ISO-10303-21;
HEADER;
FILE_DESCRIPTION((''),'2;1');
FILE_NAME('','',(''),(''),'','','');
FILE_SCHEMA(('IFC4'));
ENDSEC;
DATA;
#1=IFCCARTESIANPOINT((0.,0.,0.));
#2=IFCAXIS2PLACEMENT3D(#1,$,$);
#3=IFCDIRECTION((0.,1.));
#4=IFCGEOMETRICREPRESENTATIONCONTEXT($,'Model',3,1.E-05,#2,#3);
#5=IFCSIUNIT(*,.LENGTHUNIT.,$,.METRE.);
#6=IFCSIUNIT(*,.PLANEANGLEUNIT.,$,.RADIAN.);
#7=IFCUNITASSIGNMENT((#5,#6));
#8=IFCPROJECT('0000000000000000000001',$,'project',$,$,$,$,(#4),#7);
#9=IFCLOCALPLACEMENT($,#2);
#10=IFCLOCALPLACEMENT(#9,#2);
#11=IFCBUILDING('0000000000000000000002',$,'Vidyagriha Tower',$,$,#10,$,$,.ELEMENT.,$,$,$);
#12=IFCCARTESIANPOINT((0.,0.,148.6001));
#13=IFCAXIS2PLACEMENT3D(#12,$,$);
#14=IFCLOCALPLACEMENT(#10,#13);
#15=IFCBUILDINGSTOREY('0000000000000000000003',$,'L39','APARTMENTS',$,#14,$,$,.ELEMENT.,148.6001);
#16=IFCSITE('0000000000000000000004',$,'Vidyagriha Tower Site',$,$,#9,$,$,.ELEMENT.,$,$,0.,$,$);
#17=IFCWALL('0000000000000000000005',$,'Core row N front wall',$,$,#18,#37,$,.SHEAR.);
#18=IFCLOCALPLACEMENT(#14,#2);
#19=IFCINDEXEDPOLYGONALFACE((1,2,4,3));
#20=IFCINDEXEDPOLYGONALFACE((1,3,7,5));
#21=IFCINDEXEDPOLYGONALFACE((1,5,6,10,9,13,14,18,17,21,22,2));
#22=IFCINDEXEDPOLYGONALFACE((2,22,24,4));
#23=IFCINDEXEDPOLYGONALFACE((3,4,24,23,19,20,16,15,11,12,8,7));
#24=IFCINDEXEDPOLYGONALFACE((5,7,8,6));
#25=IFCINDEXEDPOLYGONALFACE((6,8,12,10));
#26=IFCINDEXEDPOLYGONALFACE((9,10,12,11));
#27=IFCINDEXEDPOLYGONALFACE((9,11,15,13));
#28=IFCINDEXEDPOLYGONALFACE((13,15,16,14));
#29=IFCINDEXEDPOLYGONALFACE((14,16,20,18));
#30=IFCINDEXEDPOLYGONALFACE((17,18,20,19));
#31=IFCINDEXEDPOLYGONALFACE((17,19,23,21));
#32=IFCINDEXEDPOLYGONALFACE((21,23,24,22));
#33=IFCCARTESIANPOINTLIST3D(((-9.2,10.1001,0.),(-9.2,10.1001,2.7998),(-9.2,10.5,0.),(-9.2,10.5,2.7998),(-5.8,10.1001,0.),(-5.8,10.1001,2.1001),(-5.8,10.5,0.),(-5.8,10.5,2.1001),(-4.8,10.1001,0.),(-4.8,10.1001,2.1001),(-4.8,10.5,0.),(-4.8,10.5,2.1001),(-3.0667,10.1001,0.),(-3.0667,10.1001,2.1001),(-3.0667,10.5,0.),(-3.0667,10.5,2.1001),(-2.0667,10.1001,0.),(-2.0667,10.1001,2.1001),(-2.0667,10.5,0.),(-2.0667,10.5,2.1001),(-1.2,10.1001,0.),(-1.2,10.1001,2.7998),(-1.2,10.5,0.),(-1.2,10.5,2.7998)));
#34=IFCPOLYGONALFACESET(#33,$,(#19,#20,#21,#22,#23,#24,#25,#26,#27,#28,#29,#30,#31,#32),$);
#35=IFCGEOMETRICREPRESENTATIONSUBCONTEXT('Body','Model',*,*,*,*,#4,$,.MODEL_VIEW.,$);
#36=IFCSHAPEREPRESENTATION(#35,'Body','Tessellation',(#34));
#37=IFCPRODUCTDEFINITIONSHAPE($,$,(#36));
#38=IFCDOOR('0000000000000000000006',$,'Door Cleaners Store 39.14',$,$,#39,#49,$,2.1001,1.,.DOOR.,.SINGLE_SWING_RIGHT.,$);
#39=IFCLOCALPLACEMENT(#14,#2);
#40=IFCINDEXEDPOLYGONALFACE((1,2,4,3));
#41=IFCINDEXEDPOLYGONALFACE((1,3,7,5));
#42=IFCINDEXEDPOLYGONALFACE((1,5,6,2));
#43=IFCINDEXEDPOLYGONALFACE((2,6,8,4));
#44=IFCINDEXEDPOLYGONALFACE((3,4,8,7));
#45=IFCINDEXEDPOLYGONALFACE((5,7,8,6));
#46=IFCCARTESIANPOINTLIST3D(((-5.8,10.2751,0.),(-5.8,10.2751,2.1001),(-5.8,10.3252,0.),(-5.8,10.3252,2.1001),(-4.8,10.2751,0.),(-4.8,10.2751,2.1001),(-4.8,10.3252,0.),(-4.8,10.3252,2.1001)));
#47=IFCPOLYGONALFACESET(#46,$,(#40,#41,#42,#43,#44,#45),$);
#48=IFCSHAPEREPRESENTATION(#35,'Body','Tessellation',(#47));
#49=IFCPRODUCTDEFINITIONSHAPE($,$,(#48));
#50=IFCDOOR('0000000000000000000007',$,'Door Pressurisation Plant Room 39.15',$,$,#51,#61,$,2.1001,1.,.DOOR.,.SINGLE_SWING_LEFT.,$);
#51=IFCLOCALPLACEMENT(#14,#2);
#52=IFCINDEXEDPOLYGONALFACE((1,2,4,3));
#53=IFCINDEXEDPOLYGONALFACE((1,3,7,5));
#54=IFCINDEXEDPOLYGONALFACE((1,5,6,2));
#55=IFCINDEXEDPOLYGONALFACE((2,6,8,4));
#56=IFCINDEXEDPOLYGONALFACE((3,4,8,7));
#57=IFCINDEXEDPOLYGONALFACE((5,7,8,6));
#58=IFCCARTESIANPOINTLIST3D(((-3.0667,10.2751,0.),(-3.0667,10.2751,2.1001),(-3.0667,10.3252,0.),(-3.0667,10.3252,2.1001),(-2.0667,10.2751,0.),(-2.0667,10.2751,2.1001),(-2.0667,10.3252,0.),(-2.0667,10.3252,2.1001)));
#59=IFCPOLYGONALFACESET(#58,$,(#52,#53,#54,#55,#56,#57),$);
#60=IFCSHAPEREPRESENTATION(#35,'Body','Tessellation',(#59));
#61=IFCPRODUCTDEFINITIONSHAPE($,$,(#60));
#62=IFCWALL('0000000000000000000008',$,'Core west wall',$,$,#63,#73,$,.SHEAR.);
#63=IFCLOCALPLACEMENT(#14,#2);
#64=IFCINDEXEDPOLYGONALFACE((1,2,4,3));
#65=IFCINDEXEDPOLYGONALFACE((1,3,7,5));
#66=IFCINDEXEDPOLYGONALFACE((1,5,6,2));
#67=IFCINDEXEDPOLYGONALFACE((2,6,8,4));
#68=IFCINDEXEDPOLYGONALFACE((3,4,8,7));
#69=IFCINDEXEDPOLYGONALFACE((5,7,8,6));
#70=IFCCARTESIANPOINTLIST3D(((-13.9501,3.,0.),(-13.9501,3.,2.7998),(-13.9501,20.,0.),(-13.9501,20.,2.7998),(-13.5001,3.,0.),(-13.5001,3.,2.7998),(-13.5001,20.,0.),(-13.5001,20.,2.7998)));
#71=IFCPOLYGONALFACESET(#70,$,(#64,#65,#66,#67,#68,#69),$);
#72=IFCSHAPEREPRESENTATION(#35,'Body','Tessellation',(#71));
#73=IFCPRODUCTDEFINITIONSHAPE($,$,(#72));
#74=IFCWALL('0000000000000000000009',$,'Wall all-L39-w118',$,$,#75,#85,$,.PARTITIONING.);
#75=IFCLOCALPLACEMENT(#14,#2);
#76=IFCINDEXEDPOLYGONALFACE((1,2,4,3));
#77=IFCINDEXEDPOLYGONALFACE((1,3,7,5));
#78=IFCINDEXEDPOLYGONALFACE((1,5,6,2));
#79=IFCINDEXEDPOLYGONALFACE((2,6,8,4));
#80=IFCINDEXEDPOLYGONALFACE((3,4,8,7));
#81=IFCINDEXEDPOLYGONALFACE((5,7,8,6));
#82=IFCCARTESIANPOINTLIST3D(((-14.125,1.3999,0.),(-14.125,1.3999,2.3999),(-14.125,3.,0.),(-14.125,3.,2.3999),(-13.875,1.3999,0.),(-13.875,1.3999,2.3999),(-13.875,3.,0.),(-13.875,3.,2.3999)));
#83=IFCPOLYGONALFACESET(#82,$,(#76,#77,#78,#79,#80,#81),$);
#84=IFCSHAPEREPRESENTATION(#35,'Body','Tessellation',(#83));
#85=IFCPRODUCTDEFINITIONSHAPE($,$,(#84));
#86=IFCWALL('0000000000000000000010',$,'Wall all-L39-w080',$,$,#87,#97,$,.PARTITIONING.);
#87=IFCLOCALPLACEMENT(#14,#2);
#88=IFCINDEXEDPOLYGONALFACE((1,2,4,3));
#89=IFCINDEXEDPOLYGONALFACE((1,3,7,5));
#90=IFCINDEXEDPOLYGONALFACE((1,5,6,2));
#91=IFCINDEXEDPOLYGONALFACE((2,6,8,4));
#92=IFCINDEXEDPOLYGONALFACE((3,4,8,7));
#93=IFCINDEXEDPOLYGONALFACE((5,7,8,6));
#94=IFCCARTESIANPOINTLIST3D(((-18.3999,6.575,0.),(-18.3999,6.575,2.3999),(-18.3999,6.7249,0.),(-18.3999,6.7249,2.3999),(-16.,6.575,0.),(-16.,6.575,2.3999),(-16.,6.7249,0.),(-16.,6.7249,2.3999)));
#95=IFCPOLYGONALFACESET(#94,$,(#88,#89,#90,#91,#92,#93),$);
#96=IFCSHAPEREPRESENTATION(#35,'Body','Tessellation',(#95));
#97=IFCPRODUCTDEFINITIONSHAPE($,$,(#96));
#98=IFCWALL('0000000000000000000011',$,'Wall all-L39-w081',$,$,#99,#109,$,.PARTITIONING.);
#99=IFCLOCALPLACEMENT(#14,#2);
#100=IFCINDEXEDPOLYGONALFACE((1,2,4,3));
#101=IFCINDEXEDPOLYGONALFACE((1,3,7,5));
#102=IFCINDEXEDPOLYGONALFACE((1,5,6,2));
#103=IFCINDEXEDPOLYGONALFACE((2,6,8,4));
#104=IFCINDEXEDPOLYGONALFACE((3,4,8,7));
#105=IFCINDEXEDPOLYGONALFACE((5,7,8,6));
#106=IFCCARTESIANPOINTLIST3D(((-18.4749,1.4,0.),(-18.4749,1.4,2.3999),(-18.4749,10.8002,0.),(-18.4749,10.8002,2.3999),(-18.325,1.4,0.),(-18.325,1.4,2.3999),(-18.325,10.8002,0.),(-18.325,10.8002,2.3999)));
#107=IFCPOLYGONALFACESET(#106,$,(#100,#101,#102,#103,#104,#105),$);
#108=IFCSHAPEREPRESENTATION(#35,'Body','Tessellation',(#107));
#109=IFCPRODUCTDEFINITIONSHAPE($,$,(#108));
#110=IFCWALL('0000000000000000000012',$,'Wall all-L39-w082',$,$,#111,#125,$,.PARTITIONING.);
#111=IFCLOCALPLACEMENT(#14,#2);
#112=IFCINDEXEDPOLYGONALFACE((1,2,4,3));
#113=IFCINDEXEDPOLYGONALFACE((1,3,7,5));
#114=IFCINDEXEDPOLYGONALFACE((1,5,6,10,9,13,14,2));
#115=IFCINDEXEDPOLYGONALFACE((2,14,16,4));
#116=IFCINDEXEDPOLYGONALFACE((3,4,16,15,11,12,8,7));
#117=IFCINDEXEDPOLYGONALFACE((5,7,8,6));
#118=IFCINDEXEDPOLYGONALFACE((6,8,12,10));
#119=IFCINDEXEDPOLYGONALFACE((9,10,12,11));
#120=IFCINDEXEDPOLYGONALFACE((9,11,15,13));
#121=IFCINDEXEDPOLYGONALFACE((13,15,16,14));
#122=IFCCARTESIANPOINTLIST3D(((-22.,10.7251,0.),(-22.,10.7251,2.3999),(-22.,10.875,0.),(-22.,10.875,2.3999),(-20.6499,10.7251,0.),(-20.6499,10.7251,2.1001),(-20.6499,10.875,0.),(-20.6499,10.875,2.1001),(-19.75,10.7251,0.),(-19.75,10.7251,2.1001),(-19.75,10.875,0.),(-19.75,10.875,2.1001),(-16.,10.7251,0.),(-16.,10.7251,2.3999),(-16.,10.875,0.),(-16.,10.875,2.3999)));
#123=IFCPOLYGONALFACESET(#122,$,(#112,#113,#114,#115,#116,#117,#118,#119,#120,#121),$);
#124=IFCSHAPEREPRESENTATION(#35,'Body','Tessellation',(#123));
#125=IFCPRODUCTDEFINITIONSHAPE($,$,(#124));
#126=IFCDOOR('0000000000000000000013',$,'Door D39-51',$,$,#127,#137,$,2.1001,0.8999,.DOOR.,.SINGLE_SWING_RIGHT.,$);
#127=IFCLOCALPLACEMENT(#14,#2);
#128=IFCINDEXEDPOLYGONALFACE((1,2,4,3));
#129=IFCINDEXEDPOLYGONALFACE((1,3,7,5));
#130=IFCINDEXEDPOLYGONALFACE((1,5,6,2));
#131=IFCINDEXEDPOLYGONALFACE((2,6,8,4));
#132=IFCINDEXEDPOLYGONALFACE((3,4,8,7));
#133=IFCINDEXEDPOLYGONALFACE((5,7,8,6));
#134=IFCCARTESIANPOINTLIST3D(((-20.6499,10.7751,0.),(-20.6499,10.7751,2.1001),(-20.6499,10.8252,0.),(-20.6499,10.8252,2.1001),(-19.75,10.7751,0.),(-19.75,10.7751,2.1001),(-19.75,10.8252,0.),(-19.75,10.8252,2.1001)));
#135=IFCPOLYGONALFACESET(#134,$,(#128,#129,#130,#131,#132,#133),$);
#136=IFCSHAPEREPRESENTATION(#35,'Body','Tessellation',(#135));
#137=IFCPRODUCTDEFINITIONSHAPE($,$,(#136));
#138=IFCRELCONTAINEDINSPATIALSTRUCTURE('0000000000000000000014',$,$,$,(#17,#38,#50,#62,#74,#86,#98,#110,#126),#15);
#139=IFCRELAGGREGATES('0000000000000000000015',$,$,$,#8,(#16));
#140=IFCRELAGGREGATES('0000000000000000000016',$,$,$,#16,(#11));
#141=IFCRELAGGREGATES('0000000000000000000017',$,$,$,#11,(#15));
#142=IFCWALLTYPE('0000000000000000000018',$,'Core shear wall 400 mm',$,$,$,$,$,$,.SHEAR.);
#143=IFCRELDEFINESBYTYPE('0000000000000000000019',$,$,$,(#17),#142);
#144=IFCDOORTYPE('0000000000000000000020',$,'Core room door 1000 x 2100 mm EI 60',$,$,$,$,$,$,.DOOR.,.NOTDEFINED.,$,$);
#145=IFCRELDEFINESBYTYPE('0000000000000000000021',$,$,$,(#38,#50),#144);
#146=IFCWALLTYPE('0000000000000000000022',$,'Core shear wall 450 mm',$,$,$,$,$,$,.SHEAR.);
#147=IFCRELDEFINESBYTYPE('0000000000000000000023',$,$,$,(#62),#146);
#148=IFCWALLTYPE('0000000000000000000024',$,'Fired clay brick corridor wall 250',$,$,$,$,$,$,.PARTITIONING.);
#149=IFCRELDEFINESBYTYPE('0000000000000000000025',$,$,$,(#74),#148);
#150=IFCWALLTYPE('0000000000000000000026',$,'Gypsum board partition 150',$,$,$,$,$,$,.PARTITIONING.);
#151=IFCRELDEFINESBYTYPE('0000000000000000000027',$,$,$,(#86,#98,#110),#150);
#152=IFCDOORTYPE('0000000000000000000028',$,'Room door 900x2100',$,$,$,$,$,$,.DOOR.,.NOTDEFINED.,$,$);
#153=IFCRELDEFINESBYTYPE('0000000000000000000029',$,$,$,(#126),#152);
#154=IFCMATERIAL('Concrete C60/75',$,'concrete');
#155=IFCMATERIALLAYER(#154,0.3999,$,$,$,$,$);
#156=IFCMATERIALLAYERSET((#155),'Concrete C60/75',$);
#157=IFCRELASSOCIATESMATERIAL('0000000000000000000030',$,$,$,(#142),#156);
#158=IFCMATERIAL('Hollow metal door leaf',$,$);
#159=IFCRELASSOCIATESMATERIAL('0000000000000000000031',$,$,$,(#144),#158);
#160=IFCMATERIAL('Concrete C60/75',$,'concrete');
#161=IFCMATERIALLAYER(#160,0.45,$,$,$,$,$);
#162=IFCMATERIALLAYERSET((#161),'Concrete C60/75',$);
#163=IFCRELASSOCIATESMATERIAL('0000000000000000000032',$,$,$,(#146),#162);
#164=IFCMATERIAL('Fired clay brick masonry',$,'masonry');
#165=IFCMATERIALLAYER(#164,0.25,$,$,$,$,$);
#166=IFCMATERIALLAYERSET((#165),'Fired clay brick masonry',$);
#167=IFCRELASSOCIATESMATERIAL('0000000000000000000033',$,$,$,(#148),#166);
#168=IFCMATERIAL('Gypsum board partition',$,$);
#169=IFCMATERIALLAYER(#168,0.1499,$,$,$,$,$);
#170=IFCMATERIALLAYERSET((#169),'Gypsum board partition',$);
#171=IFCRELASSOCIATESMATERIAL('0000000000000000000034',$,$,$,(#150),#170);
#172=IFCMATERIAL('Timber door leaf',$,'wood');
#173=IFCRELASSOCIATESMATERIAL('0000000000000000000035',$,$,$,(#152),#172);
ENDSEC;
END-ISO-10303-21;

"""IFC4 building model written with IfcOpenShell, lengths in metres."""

from ifc_helpers import new_model, si_unit, direction, frame, frame_2d, origin, place, context, subcontext, project, spatial, rectangle, extrude, material, layer, layer_set, type_object, element, fill, save


model = new_model("IFC4")

# Units and contexts
model_context = context("Model", 3, precision=1e-05, world=origin(), true_north=direction((0.0, 1.0)))
body_context = subcontext(model_context, "Body", "Model", "MODEL_VIEW")
ifc_project = project(units=[si_unit("LENGTHUNIT", "METRE"), si_unit("PLANEANGLEUNIT", "RADIAN")], contexts=[model_context])

# Site, building, storey
site_placement = place(None, origin())
site = spatial("IfcSite", under=ifc_project, at=site_placement, Name="Vidyagriha Tower Site", CompositionType="ELEMENT", RefElevation=0.0)
building_placement = place(site_placement, origin())
building = spatial("IfcBuilding", under=site, at=building_placement, Name="Vidyagriha Tower", CompositionType="ELEMENT")
storey_placement = place(building_placement, frame((0.0, 0.0, 148.6001)))
storey = spatial("IfcBuildingStorey", under=building, at=storey_placement, Name="L39", Description="APARTMENTS", CompositionType="ELEMENT", Elevation=148.6001)

# Shared definitions
ifc_material_1 = material(Name="Concrete C60/75", Category="concrete")
ifc_layer_1 = layer(ifc_material_1, 0.3999)
ifc_layer_set_1 = layer_set([ifc_layer_1], Name="Concrete C60/75")
wall_type_1 = type_object("IfcWallType", Name="Core shear wall 400 mm", PredefinedType="SHEAR", material=ifc_layer_set_1)
ifc_material_2 = material(Name="Hollow metal door leaf")
door_type_1 = type_object("IfcDoorType", Name="Core room door 1000 x 2100 mm EI 60", OperationType="NOTDEFINED", PredefinedType="DOOR", material=ifc_material_2)

# Wall, openings, doors
wall_1_placement = place(storey_placement, frame((-9.2, 10.3, 0.0)))
wall_1 = element("IfcWall", 1, at=wall_1_placement, inside=storey, type_object=wall_type_1, Name="Core row N front wall", PredefinedType="SHEAR", context=body_context, shape_type="SweptSolid", body=[
    extrude(rectangle(XDim=8.0, YDim=0.3999, at=frame_2d((4.0, 0.0))), origin(), (0.0, 0.0, 1.0), 2.7998),
])
opening_1_placement = place(wall_1_placement, frame((3.3999, 0.0, 0.0)))
opening_1 = element("IfcOpeningElement", 2, at=opening_1_placement, cuts=wall_1, PredefinedType="OPENING", context=body_context, shape_type="SweptSolid", body=[
    extrude(rectangle(XDim=1.0, YDim=2.1001, at=frame_2d((0.5, 1.05))), frame((0.0, 0.21, 0.0), z_axis=(0.0, -1.0, 0.0), x_axis=(1.0, 0.0, 0.0)), (0.0, 0.0, 1.0), 0.4199),
])
opening_2_placement = place(wall_1_placement, frame((6.1333, 0.0, 0.0)))
opening_2 = element("IfcOpeningElement", 3, at=opening_2_placement, cuts=wall_1, PredefinedType="OPENING", context=body_context, shape_type="SweptSolid", body=[
    extrude(rectangle(XDim=1.0, YDim=2.1001, at=frame_2d((0.5, 1.05))), frame((0.0, 0.21, 0.0), z_axis=(0.0, -1.0, 0.0), x_axis=(1.0, 0.0, 0.0)), (0.0, 0.0, 1.0), 0.4199),
])
door_1_placement = place(opening_1_placement, frame((1.0, 0.0, 0.0), z_axis=(0.0, 0.0, 1.0), x_axis=(-1.0, 0.0, 0.0)))
door_1 = element("IfcDoor", 4, at=door_1_placement, inside=storey, type_object=door_type_1, Name="Door Cleaners Store 39.14", OperationType="SINGLE_SWING_RIGHT", OverallHeight=2.1001, OverallWidth=1.0, PredefinedType="DOOR", context=body_context, shape_type="SweptSolid", body=[
    extrude(rectangle(XDim=1.0, YDim=2.1001, at=frame_2d((0.5, 1.05))), frame((0.0, 0.0249, 0.0), z_axis=(0.0, -1.0, 0.0), x_axis=(1.0, 0.0, 0.0)), (0.0, 0.0, 1.0), 0.05),
])
fill(opening_1, door_1)
door_2_placement = place(opening_2_placement, frame((1.0, 0.0, 0.0), z_axis=(0.0, 0.0, 1.0), x_axis=(-1.0, 0.0, 0.0)))
door_2 = element("IfcDoor", 5, at=door_2_placement, inside=storey, type_object=door_type_1, Name="Door Pressurisation Plant Room 39.15", OperationType="SINGLE_SWING_LEFT", OverallHeight=2.1001, OverallWidth=1.0, PredefinedType="DOOR", context=body_context, shape_type="SweptSolid", body=[
    extrude(rectangle(XDim=1.0, YDim=2.1001, at=frame_2d((0.5, 1.05))), frame((0.0, 0.0249, 0.0), z_axis=(0.0, -1.0, 0.0), x_axis=(1.0, 0.0, 0.0)), (0.0, 0.0, 1.0), 0.05),
])
fill(opening_2, door_2)

# Walls
ifc_material_3 = material(Name="Concrete C60/75", Category="concrete")
ifc_layer_2 = layer(ifc_material_3, 0.45)
ifc_layer_set_2 = layer_set([ifc_layer_2], Name="Concrete C60/75")
wall_type_2 = type_object("IfcWallType", Name="Core shear wall 450 mm", PredefinedType="SHEAR", material=ifc_layer_set_2)
wall_2_placement = place(storey_placement, frame((-13.7251, 3.0, 0.0), z_axis=(0.0, 0.0, 1.0), x_axis=(0.0, 1.0, 0.0)))
element("IfcWall", 6, at=wall_2_placement, inside=storey, type_object=wall_type_2, Name="Core west wall", PredefinedType="SHEAR", context=body_context, shape_type="SweptSolid", body=[
    extrude(rectangle(XDim=17.0, YDim=0.45, at=frame_2d((8.5, 0.0))), origin(), (0.0, 0.0, 1.0), 2.7998),
])
ifc_material_4 = material(Name="Fired clay brick masonry", Category="masonry")
ifc_layer_3 = layer(ifc_material_4, 0.25)
ifc_layer_set_3 = layer_set([ifc_layer_3], Name="Fired clay brick masonry")
wall_type_3 = type_object("IfcWallType", Name="Fired clay brick corridor wall 250", PredefinedType="PARTITIONING", material=ifc_layer_set_3)
wall_3_placement = place(storey_placement, frame((-14.0, 3.0, 0.0), z_axis=(0.0, 0.0, 1.0), x_axis=(0.0, -1.0, 0.0)))
element("IfcWall", 7, at=wall_3_placement, inside=storey, type_object=wall_type_3, Name="Wall all-L39-w118", PredefinedType="PARTITIONING", context=body_context, shape_type="SweptSolid", body=[
    extrude(rectangle(XDim=1.6001, YDim=0.25, at=frame_2d((0.8, 0.0))), origin(), (0.0, 0.0, 1.0), 2.3999),
])
ifc_material_5 = material(Name="Gypsum board partition")
ifc_layer_4 = layer(ifc_material_5, 0.1499)
ifc_layer_set_4 = layer_set([ifc_layer_4], Name="Gypsum board partition")
wall_type_4 = type_object("IfcWallType", Name="Gypsum board partition 150", PredefinedType="PARTITIONING", material=ifc_layer_set_4)
wall_4_placement = place(storey_placement, frame((-18.3999, 6.6499, 0.0)))
element("IfcWall", 8, at=wall_4_placement, inside=storey, type_object=wall_type_4, Name="Wall all-L39-w080", PredefinedType="PARTITIONING", context=body_context, shape_type="SweptSolid", body=[
    extrude(rectangle(XDim=2.3999, YDim=0.1499, at=frame_2d((1.2, 0.0))), origin(), (0.0, 0.0, 1.0), 2.3999),
])
wall_5_placement = place(storey_placement, frame((-18.3999, 1.3999, 0.0), z_axis=(0.0, 0.0, 1.0), x_axis=(0.0, 1.0, 0.0)))
element("IfcWall", 9, at=wall_5_placement, inside=storey, type_object=wall_type_4, Name="Wall all-L39-w081", PredefinedType="PARTITIONING", context=body_context, shape_type="SweptSolid", body=[
    extrude(rectangle(XDim=9.4001, YDim=0.1499, at=frame_2d((4.7002, 0.0))), origin(), (0.0, 0.0, 1.0), 2.3999),
])

# Wall, opening, door
wall_6_placement = place(storey_placement, frame((-16.0, 10.8, 0.0), z_axis=(0.0, 0.0, 1.0), x_axis=(-1.0, 0.0, 0.0)))
wall_6 = element("IfcWall", 10, at=wall_6_placement, inside=storey, type_object=wall_type_4, Name="Wall all-L39-w082", PredefinedType="PARTITIONING", context=body_context, shape_type="SweptSolid", body=[
    extrude(rectangle(XDim=6.0, YDim=0.1499, at=frame_2d((3.0, 0.0))), origin(), (0.0, 0.0, 1.0), 2.3999),
])
opening_3_placement = place(wall_6_placement, frame((3.75, 0.0, 0.0)))
opening_3 = element("IfcOpeningElement", 11, at=opening_3_placement, cuts=wall_6, PredefinedType="OPENING", context=body_context, shape_type="SweptSolid", body=[
    extrude(rectangle(XDim=0.8999, YDim=2.1001, at=frame_2d((0.45, 1.05))), frame((0.0, 0.085, 0.0), z_axis=(0.0, -1.0, 0.0), x_axis=(1.0, 0.0, 0.0)), (0.0, 0.0, 1.0), 0.1699),
])
ifc_material_6 = material(Name="Timber door leaf", Category="wood")
door_type_2 = type_object("IfcDoorType", Name="Room door 900x2100", OperationType="NOTDEFINED", PredefinedType="DOOR", material=ifc_material_6)
door_3_placement = place(opening_3_placement, origin())
door_3 = element("IfcDoor", 12, at=door_3_placement, inside=storey, type_object=door_type_2, Name="Door D39-51", OperationType="SINGLE_SWING_RIGHT", OverallHeight=2.1001, OverallWidth=0.8999, PredefinedType="DOOR", context=body_context, shape_type="SweptSolid", body=[
    extrude(rectangle(XDim=0.8999, YDim=2.1001, at=frame_2d((0.45, 1.05))), frame((0.0, 0.0249, 0.0), z_axis=(0.0, -1.0, 0.0), x_axis=(1.0, 0.0, 0.0)), (0.0, 0.0, 1.0), 0.05),
])
fill(opening_3, door_3)

save(model, "model.ifc")
